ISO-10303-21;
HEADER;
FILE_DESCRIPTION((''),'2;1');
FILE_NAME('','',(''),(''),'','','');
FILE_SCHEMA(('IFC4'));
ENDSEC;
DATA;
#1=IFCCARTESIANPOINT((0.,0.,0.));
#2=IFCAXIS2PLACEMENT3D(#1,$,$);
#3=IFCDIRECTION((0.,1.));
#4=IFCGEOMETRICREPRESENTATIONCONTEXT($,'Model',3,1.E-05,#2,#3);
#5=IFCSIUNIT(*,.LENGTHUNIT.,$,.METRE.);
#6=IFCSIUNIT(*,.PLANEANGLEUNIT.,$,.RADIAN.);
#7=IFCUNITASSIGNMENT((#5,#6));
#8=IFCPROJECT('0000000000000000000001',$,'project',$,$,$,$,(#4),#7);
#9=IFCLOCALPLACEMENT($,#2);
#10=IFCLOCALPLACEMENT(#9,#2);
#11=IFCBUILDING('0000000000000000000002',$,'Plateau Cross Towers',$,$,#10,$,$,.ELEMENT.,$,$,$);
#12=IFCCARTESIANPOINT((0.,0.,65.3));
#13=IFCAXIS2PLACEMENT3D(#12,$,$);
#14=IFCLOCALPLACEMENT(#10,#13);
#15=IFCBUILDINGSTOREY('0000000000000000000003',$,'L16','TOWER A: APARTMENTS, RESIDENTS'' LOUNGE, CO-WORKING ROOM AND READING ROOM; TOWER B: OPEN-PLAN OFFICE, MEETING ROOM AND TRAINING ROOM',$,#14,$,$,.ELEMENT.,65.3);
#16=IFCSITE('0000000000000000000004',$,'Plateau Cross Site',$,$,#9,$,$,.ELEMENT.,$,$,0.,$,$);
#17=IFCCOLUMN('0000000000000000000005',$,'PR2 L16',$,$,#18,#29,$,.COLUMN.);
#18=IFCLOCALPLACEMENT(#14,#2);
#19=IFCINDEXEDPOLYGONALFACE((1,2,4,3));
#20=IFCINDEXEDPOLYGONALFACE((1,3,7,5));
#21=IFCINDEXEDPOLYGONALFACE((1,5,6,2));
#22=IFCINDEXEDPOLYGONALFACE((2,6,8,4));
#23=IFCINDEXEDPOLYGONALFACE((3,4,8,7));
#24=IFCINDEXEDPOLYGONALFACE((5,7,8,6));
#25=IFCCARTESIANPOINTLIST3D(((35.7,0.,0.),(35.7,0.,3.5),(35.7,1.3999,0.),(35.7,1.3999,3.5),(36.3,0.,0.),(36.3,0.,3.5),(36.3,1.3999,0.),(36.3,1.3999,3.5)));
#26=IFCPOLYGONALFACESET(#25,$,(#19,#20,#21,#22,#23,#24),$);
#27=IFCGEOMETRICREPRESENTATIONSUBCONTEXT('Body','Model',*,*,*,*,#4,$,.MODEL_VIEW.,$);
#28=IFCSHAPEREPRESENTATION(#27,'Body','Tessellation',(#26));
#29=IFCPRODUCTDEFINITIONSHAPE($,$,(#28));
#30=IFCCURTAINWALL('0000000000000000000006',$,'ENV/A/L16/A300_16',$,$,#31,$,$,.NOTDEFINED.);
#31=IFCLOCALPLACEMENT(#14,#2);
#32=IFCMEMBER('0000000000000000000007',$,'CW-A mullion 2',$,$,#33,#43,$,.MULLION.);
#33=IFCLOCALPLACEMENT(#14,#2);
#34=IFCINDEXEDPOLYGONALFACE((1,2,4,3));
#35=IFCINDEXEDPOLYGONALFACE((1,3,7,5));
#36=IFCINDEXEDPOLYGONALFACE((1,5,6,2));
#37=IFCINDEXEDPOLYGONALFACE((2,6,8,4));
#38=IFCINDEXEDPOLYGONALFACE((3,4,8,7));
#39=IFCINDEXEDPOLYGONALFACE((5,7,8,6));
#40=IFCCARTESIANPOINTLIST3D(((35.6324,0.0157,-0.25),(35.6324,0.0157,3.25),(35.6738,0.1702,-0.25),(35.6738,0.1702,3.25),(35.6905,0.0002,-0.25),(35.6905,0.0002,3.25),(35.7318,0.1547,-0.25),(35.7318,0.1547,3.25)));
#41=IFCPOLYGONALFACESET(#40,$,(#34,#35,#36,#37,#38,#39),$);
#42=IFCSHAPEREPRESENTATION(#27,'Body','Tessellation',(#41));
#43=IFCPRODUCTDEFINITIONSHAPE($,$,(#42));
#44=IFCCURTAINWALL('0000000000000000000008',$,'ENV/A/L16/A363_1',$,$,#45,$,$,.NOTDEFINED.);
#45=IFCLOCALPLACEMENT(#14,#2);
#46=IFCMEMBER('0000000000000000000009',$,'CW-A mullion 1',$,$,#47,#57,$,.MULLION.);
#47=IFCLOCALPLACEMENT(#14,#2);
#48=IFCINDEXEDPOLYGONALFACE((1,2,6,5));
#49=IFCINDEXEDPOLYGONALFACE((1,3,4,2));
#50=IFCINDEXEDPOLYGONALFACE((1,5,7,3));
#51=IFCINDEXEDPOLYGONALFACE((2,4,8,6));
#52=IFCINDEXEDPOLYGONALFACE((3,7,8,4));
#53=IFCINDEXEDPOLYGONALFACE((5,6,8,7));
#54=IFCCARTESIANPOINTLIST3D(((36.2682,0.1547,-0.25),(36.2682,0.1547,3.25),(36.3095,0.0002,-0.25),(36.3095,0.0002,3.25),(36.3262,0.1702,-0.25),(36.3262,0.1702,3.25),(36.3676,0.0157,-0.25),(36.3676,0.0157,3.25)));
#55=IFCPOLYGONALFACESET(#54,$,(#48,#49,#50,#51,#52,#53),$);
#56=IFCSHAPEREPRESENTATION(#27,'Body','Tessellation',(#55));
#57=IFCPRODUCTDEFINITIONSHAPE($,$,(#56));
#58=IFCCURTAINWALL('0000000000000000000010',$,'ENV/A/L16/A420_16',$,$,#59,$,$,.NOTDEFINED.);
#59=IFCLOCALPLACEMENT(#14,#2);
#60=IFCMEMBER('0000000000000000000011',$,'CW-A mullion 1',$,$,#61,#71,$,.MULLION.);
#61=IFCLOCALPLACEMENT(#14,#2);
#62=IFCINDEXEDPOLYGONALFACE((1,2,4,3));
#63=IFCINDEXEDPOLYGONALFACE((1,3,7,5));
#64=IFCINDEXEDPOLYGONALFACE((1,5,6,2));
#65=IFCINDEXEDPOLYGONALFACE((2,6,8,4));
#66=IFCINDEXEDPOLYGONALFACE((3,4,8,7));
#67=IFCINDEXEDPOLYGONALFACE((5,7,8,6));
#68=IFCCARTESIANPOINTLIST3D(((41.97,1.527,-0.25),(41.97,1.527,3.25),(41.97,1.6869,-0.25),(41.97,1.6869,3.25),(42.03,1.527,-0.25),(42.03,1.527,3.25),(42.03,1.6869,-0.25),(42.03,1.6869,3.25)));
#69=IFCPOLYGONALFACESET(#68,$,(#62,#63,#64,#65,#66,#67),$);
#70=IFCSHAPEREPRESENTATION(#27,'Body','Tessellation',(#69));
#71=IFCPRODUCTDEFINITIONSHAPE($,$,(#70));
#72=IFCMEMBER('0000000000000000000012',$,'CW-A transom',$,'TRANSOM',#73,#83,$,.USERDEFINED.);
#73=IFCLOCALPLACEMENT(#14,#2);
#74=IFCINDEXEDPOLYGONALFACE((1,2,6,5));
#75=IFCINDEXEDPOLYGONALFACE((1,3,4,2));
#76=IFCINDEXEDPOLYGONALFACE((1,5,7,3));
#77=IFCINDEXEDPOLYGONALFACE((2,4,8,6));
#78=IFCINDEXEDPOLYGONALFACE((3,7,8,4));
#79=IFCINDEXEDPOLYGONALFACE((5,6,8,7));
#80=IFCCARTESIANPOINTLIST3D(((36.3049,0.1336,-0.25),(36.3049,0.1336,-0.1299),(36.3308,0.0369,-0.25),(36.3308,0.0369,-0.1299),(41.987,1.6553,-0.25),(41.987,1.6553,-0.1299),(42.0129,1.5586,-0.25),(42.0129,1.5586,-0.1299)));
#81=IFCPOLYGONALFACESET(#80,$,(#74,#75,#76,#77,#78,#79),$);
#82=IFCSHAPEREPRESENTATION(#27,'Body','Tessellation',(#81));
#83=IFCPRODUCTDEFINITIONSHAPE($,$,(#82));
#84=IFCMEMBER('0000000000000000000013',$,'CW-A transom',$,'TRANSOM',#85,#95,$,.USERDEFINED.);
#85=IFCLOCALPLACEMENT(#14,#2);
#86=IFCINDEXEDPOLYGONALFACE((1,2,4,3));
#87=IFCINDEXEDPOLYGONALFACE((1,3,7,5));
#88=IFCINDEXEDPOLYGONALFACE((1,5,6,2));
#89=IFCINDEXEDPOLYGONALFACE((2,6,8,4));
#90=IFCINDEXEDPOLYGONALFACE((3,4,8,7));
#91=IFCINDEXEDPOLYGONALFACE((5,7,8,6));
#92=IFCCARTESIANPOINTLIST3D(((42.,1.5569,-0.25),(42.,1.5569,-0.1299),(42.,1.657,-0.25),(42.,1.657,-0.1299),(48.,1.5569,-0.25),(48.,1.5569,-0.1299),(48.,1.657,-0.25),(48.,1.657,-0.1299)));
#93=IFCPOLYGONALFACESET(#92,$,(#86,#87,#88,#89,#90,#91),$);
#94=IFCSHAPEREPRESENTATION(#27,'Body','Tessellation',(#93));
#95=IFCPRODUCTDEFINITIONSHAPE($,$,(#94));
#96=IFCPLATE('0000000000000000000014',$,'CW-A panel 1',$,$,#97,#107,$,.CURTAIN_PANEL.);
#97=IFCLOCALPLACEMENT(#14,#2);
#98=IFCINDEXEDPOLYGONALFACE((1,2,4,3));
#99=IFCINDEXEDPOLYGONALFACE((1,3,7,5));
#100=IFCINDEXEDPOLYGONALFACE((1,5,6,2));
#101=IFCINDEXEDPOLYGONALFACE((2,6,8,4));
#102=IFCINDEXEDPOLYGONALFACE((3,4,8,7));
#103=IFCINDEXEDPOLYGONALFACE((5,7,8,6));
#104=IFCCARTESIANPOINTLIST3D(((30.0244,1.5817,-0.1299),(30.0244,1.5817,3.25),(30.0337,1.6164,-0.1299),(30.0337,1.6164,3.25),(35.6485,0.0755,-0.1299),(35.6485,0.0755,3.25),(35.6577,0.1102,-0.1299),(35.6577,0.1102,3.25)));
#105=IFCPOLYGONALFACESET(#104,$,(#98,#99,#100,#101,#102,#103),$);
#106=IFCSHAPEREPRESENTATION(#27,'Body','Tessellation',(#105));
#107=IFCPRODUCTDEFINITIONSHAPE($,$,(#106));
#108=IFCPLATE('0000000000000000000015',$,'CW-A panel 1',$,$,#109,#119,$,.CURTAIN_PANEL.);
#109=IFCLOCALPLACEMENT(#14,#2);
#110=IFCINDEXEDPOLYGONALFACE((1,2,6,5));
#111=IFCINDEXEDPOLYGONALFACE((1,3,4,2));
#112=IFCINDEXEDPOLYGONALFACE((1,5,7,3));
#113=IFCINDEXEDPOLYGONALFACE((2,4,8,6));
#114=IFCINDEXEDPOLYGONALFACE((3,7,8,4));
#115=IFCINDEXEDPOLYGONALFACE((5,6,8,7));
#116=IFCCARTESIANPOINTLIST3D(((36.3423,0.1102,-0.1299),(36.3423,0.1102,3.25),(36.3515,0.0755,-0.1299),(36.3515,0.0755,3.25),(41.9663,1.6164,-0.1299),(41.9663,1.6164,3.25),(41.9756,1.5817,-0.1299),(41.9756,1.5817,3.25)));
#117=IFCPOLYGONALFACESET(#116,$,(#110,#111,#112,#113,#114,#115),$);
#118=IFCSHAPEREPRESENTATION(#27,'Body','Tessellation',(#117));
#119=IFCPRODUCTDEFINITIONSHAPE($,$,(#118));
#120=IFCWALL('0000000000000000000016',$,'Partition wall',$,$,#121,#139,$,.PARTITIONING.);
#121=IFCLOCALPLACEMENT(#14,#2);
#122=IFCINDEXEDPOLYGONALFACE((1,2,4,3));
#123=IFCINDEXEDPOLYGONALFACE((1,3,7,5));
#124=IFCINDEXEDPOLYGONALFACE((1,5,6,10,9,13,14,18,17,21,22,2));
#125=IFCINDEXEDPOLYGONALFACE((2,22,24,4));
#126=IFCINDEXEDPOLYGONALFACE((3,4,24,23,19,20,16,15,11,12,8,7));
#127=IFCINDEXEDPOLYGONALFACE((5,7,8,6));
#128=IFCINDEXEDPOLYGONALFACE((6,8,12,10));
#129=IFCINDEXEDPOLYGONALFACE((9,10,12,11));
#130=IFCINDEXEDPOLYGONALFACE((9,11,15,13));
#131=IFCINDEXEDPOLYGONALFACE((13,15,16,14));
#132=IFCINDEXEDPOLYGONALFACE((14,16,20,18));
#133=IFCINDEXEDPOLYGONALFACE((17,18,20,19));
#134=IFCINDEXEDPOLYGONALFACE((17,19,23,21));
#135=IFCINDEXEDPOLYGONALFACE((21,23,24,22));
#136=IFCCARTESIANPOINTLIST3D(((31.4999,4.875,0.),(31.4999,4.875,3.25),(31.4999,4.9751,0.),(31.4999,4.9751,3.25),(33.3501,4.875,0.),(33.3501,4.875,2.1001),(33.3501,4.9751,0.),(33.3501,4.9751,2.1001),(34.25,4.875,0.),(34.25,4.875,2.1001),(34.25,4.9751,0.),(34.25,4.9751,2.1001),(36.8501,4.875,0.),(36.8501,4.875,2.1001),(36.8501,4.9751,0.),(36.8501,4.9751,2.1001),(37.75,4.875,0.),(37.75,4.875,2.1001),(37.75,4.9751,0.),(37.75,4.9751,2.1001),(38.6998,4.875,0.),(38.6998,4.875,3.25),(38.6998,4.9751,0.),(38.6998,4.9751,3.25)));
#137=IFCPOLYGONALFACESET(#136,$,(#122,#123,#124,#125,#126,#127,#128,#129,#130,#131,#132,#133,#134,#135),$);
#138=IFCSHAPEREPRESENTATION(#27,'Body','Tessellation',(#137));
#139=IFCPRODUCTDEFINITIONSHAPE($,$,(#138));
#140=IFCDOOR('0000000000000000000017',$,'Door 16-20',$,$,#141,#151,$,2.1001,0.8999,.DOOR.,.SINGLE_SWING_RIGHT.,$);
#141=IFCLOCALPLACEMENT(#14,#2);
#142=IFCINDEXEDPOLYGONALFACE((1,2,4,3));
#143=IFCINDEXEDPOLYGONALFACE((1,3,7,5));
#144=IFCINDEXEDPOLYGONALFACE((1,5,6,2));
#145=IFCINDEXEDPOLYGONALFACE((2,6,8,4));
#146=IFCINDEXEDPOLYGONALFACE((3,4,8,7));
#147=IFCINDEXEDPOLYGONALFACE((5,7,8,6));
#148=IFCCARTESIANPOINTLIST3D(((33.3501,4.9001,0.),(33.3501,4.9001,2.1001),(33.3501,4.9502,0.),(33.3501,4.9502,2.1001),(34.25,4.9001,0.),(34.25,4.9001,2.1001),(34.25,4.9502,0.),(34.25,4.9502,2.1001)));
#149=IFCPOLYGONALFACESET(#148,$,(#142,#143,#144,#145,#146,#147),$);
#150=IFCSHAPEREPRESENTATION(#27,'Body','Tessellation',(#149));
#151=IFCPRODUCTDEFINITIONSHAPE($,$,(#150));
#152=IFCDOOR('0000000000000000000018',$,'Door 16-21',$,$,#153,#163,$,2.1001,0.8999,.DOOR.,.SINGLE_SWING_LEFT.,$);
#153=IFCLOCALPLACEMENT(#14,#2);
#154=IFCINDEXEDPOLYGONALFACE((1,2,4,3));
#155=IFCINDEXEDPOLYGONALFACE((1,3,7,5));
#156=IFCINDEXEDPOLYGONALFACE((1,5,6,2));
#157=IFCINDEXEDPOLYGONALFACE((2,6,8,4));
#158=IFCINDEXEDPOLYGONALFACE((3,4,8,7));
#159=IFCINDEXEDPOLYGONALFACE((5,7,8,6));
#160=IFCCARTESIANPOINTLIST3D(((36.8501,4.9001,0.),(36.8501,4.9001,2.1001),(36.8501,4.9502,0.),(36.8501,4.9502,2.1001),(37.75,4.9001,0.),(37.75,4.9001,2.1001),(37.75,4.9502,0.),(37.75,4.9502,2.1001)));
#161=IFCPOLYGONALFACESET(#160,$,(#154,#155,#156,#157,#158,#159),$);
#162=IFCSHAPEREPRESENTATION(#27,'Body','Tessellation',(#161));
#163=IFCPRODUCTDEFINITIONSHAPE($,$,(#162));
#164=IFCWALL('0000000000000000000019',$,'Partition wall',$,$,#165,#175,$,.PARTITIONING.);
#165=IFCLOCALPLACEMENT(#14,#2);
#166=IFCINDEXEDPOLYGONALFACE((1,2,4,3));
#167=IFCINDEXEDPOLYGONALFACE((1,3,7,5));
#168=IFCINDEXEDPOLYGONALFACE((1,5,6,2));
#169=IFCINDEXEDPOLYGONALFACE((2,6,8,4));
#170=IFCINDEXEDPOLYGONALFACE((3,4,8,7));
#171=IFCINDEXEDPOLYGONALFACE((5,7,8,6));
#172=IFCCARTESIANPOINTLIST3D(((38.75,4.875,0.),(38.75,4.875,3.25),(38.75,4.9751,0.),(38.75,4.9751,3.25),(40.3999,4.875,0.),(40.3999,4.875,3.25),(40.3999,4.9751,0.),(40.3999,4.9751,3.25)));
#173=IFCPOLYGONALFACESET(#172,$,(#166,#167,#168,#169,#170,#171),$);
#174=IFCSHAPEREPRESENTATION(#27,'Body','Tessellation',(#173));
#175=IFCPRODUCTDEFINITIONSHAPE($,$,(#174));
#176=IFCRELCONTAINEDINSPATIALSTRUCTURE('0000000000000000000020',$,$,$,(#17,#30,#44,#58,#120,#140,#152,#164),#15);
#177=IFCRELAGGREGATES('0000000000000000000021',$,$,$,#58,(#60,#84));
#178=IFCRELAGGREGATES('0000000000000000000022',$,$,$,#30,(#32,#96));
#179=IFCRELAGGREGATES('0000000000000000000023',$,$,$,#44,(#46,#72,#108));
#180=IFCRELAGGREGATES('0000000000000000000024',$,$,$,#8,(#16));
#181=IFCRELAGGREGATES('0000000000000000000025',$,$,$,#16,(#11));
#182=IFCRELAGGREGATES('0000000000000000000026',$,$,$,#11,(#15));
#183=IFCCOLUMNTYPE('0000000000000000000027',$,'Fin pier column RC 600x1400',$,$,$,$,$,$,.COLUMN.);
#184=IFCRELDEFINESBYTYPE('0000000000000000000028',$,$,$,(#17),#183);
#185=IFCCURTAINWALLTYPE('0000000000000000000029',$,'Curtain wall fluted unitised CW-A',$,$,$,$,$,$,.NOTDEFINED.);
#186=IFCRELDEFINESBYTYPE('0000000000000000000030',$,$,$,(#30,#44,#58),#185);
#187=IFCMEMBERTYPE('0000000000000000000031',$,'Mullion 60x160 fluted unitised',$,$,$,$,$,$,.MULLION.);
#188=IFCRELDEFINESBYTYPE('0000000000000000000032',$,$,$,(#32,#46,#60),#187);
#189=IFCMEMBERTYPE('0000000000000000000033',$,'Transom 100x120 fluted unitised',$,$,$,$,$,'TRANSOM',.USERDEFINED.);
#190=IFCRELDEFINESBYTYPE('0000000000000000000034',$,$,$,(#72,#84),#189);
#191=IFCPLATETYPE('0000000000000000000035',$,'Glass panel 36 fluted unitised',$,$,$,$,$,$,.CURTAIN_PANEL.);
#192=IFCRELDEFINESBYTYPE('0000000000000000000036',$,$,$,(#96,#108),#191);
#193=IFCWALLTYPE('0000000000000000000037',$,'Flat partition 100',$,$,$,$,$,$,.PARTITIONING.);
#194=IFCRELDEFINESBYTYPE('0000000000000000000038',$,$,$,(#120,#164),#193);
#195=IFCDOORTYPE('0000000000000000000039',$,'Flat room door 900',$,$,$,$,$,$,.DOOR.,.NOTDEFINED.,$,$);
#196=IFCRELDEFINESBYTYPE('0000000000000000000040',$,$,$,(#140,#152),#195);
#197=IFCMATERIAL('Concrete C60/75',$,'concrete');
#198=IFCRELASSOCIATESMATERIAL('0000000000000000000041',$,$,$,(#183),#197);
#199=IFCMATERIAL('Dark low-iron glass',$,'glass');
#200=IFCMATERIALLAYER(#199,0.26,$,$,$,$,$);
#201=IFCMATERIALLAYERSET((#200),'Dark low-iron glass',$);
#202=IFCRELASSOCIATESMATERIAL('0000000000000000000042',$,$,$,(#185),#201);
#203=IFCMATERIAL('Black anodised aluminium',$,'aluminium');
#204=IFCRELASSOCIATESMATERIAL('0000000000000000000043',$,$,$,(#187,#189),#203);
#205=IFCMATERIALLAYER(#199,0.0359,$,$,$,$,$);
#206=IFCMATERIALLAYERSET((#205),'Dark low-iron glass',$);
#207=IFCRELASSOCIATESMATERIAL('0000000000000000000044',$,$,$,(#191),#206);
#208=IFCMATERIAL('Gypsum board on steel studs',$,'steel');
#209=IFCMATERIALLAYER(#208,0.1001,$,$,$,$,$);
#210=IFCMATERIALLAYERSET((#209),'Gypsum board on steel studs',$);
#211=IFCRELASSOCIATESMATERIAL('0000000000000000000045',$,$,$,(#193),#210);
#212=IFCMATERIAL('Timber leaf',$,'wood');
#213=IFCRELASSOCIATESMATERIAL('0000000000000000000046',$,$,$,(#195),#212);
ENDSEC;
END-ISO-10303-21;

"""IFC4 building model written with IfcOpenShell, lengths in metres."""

from ifc_helpers import new_model, si_unit, direction, frame, frame_2d, origin, origin_2d, place, context, subcontext, project, spatial, rectangle, extrude, material, layer, layer_set, material_profile, profile_set, type_object, element, fill, aggregate, save


model = new_model("IFC4")

# Units and contexts
model_context = context("Model", 3, precision=1e-05, world=origin(), true_north=direction((0.0, 1.0)))
body_context = subcontext(model_context, "Body", "Model", "MODEL_VIEW")
ifc_project = project(units=[si_unit("LENGTHUNIT", "METRE"), si_unit("PLANEANGLEUNIT", "RADIAN")], contexts=[model_context])

# Site, building, storey
site_placement = place(None, origin())
site = spatial("IfcSite", under=ifc_project, at=site_placement, Name="Plateau Cross Site", CompositionType="ELEMENT", RefElevation=0.0)
building_placement = place(site_placement, origin())
building = spatial("IfcBuilding", under=site, at=building_placement, Name="Plateau Cross Towers", CompositionType="ELEMENT")
storey_placement = place(building_placement, frame((0.0, 0.0, 65.3)))
storey = spatial("IfcBuildingStorey", under=building, at=storey_placement, Name="L16", Description="TOWER A: APARTMENTS, RESIDENTS' LOUNGE, CO-WORKING ROOM AND READING ROOM; TOWER B: OPEN-PLAN OFFICE, MEETING ROOM AND TRAINING ROOM", CompositionType="ELEMENT", Elevation=65.3)

# Column
ifc_material_1 = material(Name="Concrete C60/75", Category="concrete")
ifc_material_profile_1 = material_profile(ifc_material_1, rectangle(XDim=0.6001, YDim=1.3999, at=origin_2d()), Name="RC 600x1400")
ifc_profile_set_1 = profile_set([ifc_material_profile_1], Name="Concrete C60/75")
column_type = type_object("IfcColumnType", Name="Fin pier column RC 600x1400", PredefinedType="COLUMN", material=ifc_profile_set_1)
column_placement = place(storey_placement, frame((36.0, 0.7, 0.0), z_axis=(0.0, 0.0, 1.0), x_axis=(1.0, 0.0, 0.0)))
element("IfcColumn", 1, at=column_placement, inside=storey, type_object=column_type, Name="PR2 L16", PredefinedType="COLUMN", context=body_context, shape_type="SweptSolid", body=[
    extrude(rectangle(XDim=0.6001, YDim=1.3999, at=origin_2d()), origin(), (0.0, 0.0, 1.0), 3.5),
])

# Curtain walls, members
ifc_material_2 = material(Name="Dark low-iron glass", Category="glass")
ifc_layer_1 = layer(ifc_material_2, 0.26)
ifc_layer_set_1 = layer_set([ifc_layer_1], Name="Dark low-iron glass")
curtain_wall_type = type_object("IfcCurtainWallType", Name="Curtain wall fluted unitised CW-A", PredefinedType="NOTDEFINED", material=ifc_layer_set_1)
curtain_wall_1_placement = place(storey_placement, origin())
curtain_wall_1 = element("IfcCurtainWall", 2, at=curtain_wall_1_placement, inside=storey, type_object=curtain_wall_type, Name="ENV/A/L16/A300_16", PredefinedType="NOTDEFINED")
ifc_material_3 = material(Name="Black anodised aluminium", Category="aluminium")
ifc_material_profile_2 = material_profile(ifc_material_3, rectangle(XDim=0.0601, YDim=0.1599, at=origin_2d()), Name="MULLION 60x160")
ifc_profile_set_2 = profile_set([ifc_material_profile_2], Name="Black anodised aluminium")
member_type_1 = type_object("IfcMemberType", Name="Mullion 60x160 fluted unitised", PredefinedType="MULLION", material=ifc_profile_set_2)
member_1_placement = place(storey_placement, frame((35.6821, 0.0852, -0.25), z_axis=(0.0, 0.0, 1.0), x_axis=(0.965958, -0.258699, 0.0)))
member_1 = element("IfcMember", 3, at=member_1_placement, type_object=member_type_1, Name="CW-A mullion 2", PredefinedType="MULLION", context=body_context, shape_type="SweptSolid", body=[
    extrude(rectangle(XDim=0.0601, YDim=0.1599, at=origin_2d()), origin(), (0.0, 0.0, 1.0), 3.5),
])
curtain_wall_2_placement = place(storey_placement, origin())
curtain_wall_2 = element("IfcCurtainWall", 4, at=curtain_wall_2_placement, inside=storey, type_object=curtain_wall_type, Name="ENV/A/L16/A363_1", PredefinedType="NOTDEFINED")
member_2_placement = place(storey_placement, frame((36.3179, 0.0852, -0.25), z_axis=(0.0, 0.0, 1.0), x_axis=(0.965958, 0.258699, 0.0)))
member_2 = element("IfcMember", 5, at=member_2_placement, type_object=member_type_1, Name="CW-A mullion 1", PredefinedType="MULLION", context=body_context, shape_type="SweptSolid", body=[
    extrude(rectangle(XDim=0.0601, YDim=0.1599, at=origin_2d()), origin(), (0.0, 0.0, 1.0), 3.5),
])
curtain_wall_3_placement = place(storey_placement, origin())
curtain_wall_3 = element("IfcCurtainWall", 6, at=curtain_wall_3_placement, inside=storey, type_object=curtain_wall_type, Name="ENV/A/L16/A420_16", PredefinedType="NOTDEFINED")
member_3_placement = place(storey_placement, frame((42.0, 1.6069, -0.25), z_axis=(0.0, 0.0, 1.0), x_axis=(1.0, 0.0, 0.0)))
member_3 = element("IfcMember", 7, at=member_3_placement, type_object=member_type_1, Name="CW-A mullion 1", PredefinedType="MULLION", context=body_context, shape_type="SweptSolid", body=[
    extrude(rectangle(XDim=0.0601, YDim=0.1599, at=origin_2d()), origin(), (0.0, 0.0, 1.0), 3.5),
])

# Members
ifc_material_profile_3 = material_profile(ifc_material_3, rectangle(XDim=0.1001, YDim=0.1201, at=origin_2d()), Name="TRANSOM 100x120")
ifc_profile_set_3 = profile_set([ifc_material_profile_3], Name="Black anodised aluminium")
member_type_2 = type_object("IfcMemberType", Name="Transom 100x120 fluted unitised", ElementType="TRANSOM", PredefinedType="USERDEFINED", material=ifc_profile_set_3)
member_4_placement = place(storey_placement, frame((36.3179, 0.0852, -0.1899), z_axis=(0.96596, 0.258693, 0.0), x_axis=(-0.258693, 0.96596, 0.0)))
member_4 = element("IfcMember", 8, at=member_4_placement, type_object=member_type_2, Name="CW-A transom", ObjectType="TRANSOM", PredefinedType="USERDEFINED", context=body_context, shape_type="SweptSolid", body=[
    extrude(rectangle(XDim=0.1001, YDim=0.1201, at=origin_2d()), origin(), (0.0, 0.0, 1.0), 5.8823),
])
member_5_placement = place(storey_placement, frame((42.0, 1.6069, -0.1899), z_axis=(1.0, 0.0, 0.0), x_axis=(0.0, 1.0, 0.0)))
member_5 = element("IfcMember", 9, at=member_5_placement, type_object=member_type_2, Name="CW-A transom", ObjectType="TRANSOM", PredefinedType="USERDEFINED", context=body_context, shape_type="SweptSolid", body=[
    extrude(rectangle(XDim=0.1001, YDim=0.1201, at=origin_2d()), origin(), (0.0, 0.0, 1.0), 6.0),
])
aggregate(curtain_wall_3, [member_3, member_5])

# Plates
ifc_layer_2 = layer(ifc_material_2, 0.0359)
ifc_layer_set_2 = layer_set([ifc_layer_2], Name="Dark low-iron glass")
plate_type = type_object("IfcPlateType", Name="Glass panel 36 fluted unitised", PredefinedType="CURTAIN_PANEL", material=ifc_layer_set_2)
plate_1_placement = place(storey_placement, frame((32.8411, 0.8459, -0.1299), z_axis=(0.0, 0.0, 1.0), x_axis=(0.965958, -0.258699, 0.0)))
plate_1 = element("IfcPlate", 10, at=plate_1_placement, type_object=plate_type, Name="CW-A panel 1", PredefinedType="CURTAIN_PANEL", context=body_context, shape_type="SweptSolid", body=[
    extrude(rectangle(XDim=5.8223, YDim=0.0359, at=origin_2d()), origin(), (0.0, 0.0, 1.0), 3.3799),
])
aggregate(curtain_wall_1, [member_1, plate_1])
plate_2_placement = place(storey_placement, frame((39.1589, 0.8459, -0.1299), z_axis=(0.0, 0.0, 1.0), x_axis=(0.965958, 0.258699, 0.0)))
plate_2 = element("IfcPlate", 11, at=plate_2_placement, type_object=plate_type, Name="CW-A panel 1", PredefinedType="CURTAIN_PANEL", context=body_context, shape_type="SweptSolid", body=[
    extrude(rectangle(XDim=5.8223, YDim=0.0359, at=origin_2d()), origin(), (0.0, 0.0, 1.0), 3.3799),
])
aggregate(curtain_wall_2, [member_2, member_4, plate_2])

# Wall, openings, doors
ifc_material_4 = material(Name="Gypsum board on steel studs", Category="steel")
ifc_layer_3 = layer(ifc_material_4, 0.1001)
ifc_layer_set_3 = layer_set([ifc_layer_3], Name="Gypsum board on steel studs")
wall_type_1 = type_object("IfcWallType", Name="Flat partition 100", PredefinedType="PARTITIONING", material=ifc_layer_set_3)
wall_1_placement = place(storey_placement, frame((38.7, 4.925, 0.0), z_axis=(0.0, 0.0, 1.0), x_axis=(-1.0, 0.0, 0.0)))
wall_1 = element("IfcWall", 12, at=wall_1_placement, inside=storey, type_object=wall_type_1, Name="Partition wall", PredefinedType="PARTITIONING", context=body_context, shape_type="SweptSolid", body=[
    extrude(rectangle(XDim=7.2, YDim=0.1001, at=frame_2d((3.6001, 0.0))), origin(), (0.0, 0.0, 1.0), 3.25),
])
opening_1_placement = place(wall_1_placement, frame((4.45, 0.0, 0.0)))
opening_1 = element("IfcOpeningElement", 13, at=opening_1_placement, cuts=wall_1, PredefinedType="OPENING", context=body_context, shape_type="SweptSolid", body=[
    extrude(rectangle(XDim=0.8999, YDim=2.1001, at=frame_2d((0.45, 1.05))), frame((0.0, 0.0601, 0.0), z_axis=(0.0, -1.0, 0.0), x_axis=(1.0, 0.0, 0.0)), (0.0, 0.0, 1.0), 0.1201),
])
opening_2_placement = place(wall_1_placement, frame((0.95, 0.0, 0.0)))
opening_2 = element("IfcOpeningElement", 14, at=opening_2_placement, cuts=wall_1, PredefinedType="OPENING", context=body_context, shape_type="SweptSolid", body=[
    extrude(rectangle(XDim=0.8999, YDim=2.1001, at=frame_2d((0.45, 1.05))), frame((0.0, 0.0601, 0.0), z_axis=(0.0, -1.0, 0.0), x_axis=(1.0, 0.0, 0.0)), (0.0, 0.0, 1.0), 0.1201),
])
ifc_material_5 = material(Name="Timber leaf", Category="wood")
door_type = type_object("IfcDoorType", Name="Flat room door 900", OperationType="NOTDEFINED", PredefinedType="DOOR", material=ifc_material_5)
door_1_placement = place(opening_1_placement, origin())
door_1 = element("IfcDoor", 15, at=door_1_placement, inside=storey, type_object=door_type, Name="Door 16-20", OperationType="SINGLE_SWING_RIGHT", OverallHeight=2.1001, OverallWidth=0.8999, PredefinedType="DOOR", context=body_context, shape_type="SweptSolid", body=[
    extrude(rectangle(XDim=0.8999, YDim=2.1001, at=frame_2d((0.45, 1.05))), frame((0.0, 0.0249, 0.0), z_axis=(0.0, -1.0, 0.0), x_axis=(1.0, 0.0, 0.0)), (0.0, 0.0, 1.0), 0.05),
])
fill(opening_1, door_1)
door_2_placement = place(opening_2_placement, origin())
door_2 = element("IfcDoor", 16, at=door_2_placement, inside=storey, type_object=door_type, Name="Door 16-21", OperationType="SINGLE_SWING_LEFT", OverallHeight=2.1001, OverallWidth=0.8999, PredefinedType="DOOR", context=body_context, shape_type="SweptSolid", body=[
    extrude(rectangle(XDim=0.8999, YDim=2.1001, at=frame_2d((0.45, 1.05))), frame((0.0, 0.0249, 0.0), z_axis=(0.0, -1.0, 0.0), x_axis=(1.0, 0.0, 0.0)), (0.0, 0.0, 1.0), 0.05),
])
fill(opening_2, door_2)

# Wall
wall_2_placement = place(storey_placement, frame((38.75, 4.925, 0.0), z_axis=(0.0, 0.0, 1.0), x_axis=(1.0, 0.0, 0.0)))
element("IfcWall", 17, at=wall_2_placement, inside=storey, type_object=wall_type_1, Name="Partition wall", PredefinedType="PARTITIONING", context=body_context, shape_type="SweptSolid", body=[
    extrude(rectangle(XDim=1.6499, YDim=0.1001, at=frame_2d((0.825, 0.0))), origin(), (0.0, 0.0, 1.0), 3.25),
])

save(model, "model.ifc")
